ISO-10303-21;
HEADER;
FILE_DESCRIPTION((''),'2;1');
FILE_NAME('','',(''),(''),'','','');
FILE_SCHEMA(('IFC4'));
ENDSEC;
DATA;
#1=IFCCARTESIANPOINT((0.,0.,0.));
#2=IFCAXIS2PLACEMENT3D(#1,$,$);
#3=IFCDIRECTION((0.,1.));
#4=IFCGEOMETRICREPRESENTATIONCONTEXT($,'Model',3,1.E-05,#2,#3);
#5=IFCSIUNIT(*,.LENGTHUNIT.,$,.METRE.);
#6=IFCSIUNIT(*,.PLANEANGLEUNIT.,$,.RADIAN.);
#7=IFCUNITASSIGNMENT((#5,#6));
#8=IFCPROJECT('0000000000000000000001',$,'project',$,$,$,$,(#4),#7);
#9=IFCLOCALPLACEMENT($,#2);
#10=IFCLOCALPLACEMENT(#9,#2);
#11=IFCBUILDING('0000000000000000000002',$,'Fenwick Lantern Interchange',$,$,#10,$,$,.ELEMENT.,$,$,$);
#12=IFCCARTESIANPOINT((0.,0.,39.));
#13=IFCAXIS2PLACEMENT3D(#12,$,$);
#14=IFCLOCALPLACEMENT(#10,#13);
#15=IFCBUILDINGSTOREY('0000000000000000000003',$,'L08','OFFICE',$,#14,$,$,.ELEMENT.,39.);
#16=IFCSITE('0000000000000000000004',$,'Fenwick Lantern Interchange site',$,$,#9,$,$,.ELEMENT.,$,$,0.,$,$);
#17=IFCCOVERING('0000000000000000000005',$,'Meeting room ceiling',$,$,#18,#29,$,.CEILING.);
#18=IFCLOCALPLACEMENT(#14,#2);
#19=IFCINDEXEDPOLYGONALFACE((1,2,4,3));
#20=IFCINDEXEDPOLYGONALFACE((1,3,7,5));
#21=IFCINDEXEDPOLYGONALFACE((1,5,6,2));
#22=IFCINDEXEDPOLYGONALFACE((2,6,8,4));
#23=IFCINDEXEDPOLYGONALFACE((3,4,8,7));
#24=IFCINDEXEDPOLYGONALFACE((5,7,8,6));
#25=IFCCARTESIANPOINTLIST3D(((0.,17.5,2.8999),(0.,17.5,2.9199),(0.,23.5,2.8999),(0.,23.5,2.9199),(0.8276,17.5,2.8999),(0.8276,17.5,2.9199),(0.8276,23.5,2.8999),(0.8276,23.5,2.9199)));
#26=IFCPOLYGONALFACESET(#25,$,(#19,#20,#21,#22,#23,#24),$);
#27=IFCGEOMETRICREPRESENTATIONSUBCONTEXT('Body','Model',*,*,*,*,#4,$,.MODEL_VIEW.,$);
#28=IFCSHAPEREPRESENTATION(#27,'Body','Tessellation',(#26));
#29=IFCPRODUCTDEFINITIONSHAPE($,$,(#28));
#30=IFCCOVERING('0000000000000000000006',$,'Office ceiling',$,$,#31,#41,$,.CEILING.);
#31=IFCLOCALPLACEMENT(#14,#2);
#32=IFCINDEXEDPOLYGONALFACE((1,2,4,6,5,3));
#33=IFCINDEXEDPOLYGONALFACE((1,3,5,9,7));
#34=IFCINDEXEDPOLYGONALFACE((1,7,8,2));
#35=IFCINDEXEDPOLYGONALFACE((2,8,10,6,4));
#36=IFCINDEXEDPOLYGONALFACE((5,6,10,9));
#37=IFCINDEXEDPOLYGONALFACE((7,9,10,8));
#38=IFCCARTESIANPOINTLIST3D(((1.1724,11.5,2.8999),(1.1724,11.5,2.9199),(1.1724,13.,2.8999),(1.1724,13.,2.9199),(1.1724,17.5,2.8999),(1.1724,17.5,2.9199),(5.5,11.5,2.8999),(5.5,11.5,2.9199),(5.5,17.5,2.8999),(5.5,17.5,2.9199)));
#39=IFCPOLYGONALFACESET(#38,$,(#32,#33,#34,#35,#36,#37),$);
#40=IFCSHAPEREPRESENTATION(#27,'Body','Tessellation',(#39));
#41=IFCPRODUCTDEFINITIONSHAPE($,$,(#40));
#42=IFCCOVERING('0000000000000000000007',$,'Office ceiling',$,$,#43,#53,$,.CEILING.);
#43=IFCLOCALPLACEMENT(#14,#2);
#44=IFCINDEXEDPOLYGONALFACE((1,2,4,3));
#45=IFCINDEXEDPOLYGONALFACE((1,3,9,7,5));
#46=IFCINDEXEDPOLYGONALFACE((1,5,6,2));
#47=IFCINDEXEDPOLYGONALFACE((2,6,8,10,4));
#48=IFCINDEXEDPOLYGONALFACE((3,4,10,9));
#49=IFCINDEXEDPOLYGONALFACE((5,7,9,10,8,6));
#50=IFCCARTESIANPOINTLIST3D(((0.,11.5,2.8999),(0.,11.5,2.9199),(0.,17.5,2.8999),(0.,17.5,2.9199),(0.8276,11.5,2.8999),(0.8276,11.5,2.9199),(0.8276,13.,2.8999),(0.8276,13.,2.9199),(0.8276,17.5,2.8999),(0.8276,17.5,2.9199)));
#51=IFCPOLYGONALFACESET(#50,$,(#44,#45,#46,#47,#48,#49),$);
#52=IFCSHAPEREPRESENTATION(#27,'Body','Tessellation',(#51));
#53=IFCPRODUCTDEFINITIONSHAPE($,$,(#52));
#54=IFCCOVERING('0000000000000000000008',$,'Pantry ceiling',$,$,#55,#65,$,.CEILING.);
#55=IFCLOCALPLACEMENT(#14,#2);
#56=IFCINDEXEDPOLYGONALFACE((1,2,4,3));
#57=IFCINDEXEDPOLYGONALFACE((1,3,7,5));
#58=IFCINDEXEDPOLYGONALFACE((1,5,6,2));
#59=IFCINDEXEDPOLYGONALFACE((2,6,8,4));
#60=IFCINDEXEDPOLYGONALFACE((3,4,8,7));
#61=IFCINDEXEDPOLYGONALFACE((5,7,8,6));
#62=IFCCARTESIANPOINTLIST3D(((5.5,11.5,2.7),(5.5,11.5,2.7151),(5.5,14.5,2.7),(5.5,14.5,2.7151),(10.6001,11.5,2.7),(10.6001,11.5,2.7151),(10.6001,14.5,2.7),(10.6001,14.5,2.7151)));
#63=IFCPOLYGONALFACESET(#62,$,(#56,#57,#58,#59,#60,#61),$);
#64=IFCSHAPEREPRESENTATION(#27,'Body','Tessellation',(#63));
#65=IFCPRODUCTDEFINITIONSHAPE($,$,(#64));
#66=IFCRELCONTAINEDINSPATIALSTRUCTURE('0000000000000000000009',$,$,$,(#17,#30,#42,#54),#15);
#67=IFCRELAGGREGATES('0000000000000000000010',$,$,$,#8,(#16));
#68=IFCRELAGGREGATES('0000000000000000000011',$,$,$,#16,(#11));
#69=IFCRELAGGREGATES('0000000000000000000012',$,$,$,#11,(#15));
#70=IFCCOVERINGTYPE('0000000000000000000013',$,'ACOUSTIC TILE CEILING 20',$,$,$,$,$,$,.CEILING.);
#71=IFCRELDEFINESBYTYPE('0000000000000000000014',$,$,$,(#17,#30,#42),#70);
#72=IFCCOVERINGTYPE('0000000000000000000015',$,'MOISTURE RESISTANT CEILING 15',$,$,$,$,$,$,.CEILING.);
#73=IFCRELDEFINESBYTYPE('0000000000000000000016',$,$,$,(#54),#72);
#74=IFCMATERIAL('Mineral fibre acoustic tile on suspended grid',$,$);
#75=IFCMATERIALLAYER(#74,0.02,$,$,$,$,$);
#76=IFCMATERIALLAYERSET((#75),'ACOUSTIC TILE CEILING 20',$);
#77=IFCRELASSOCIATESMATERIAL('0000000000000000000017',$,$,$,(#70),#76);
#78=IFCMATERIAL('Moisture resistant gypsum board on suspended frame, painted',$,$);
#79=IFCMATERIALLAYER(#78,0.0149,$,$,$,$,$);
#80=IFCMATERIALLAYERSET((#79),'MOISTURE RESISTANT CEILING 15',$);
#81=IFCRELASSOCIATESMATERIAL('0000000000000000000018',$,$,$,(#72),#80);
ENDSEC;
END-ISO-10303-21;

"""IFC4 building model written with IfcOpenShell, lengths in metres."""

from ifc_helpers import new_model, si_unit, direction, frame, origin, place, context, subcontext, project, spatial, polyline, outline, extrude, material, layer, layer_set, type_object, element, save


model = new_model("IFC4")

# Units and contexts
model_context = context("Model", 3, precision=1e-05, world=origin(), true_north=direction((0.0, 1.0)))
body_context = subcontext(model_context, "Body", "Model", "MODEL_VIEW")
ifc_project = project(units=[si_unit("LENGTHUNIT", "METRE"), si_unit("PLANEANGLEUNIT", "RADIAN")], contexts=[model_context])

# Site, building, storey
site_placement = place(None, origin())
site = spatial("IfcSite", under=ifc_project, at=site_placement, Name="Fenwick Lantern Interchange site", CompositionType="ELEMENT", RefElevation=0.0)
building_placement = place(site_placement, origin())
building = spatial("IfcBuilding", under=site, at=building_placement, Name="Fenwick Lantern Interchange", CompositionType="ELEMENT")
storey_placement = place(building_placement, frame((0.0, 0.0, 39.0)))
storey = spatial("IfcBuildingStorey", under=building, at=storey_placement, Name="L08", Description="OFFICE", CompositionType="ELEMENT", Elevation=39.0)

# Coverings
ifc_material_1 = material(Name="Mineral fibre acoustic tile on suspended grid")
ifc_layer_1 = layer(ifc_material_1, 0.02)
ifc_layer_set_1 = layer_set([ifc_layer_1], Name="ACOUSTIC TILE CEILING 20")
covering_type_1 = type_object("IfcCoveringType", Name="ACOUSTIC TILE CEILING 20", PredefinedType="CEILING", material=ifc_layer_set_1)
covering_1_placement = place(storey_placement, frame((0.0, 0.0, 2.8999)))
element("IfcCovering", 1, at=covering_1_placement, inside=storey, type_object=covering_type_1, Name="Meeting room ceiling", PredefinedType="CEILING", context=body_context, shape_type="SweptSolid", body=[
    extrude(outline(polyline([(0.0, 17.5), (0.8276, 17.5), (0.8276, 23.5), (0.0, 23.5), (0.0, 17.5)])), origin(), (0.0, 0.0, 1.0), 0.02),
])
covering_2_placement = place(storey_placement, frame((0.0, 0.0, 2.8999)))
element("IfcCovering", 2, at=covering_2_placement, inside=storey, type_object=covering_type_1, Name="Office ceiling", PredefinedType="CEILING", context=body_context, shape_type="SweptSolid", body=[
    extrude(outline(polyline([(5.5, 17.5), (1.1724, 17.5), (1.1724, 13.0), (1.1724, 11.5), (5.5, 11.5), (5.5, 17.5)])), origin(), (0.0, 0.0, 1.0), 0.02),
])
covering_3_placement = place(storey_placement, frame((0.0, 0.0, 2.8999)))
element("IfcCovering", 3, at=covering_3_placement, inside=storey, type_object=covering_type_1, Name="Office ceiling", PredefinedType="CEILING", context=body_context, shape_type="SweptSolid", body=[
    extrude(outline(polyline([(0.0, 11.5), (0.8276, 11.5), (0.8276, 13.0), (0.8276, 17.5), (0.0, 17.5), (0.0, 11.5)])), origin(), (0.0, 0.0, 1.0), 0.02),
])
ifc_material_2 = material(Name="Moisture resistant gypsum board on suspended frame, painted")
ifc_layer_2 = layer(ifc_material_2, 0.0149)
ifc_layer_set_2 = layer_set([ifc_layer_2], Name="MOISTURE RESISTANT CEILING 15")
covering_type_2 = type_object("IfcCoveringType", Name="MOISTURE RESISTANT CEILING 15", PredefinedType="CEILING", material=ifc_layer_set_2)
covering_4_placement = place(storey_placement, frame((0.0, 0.0, 2.7)))
element("IfcCovering", 4, at=covering_4_placement, inside=storey, type_object=covering_type_2, Name="Pantry ceiling", PredefinedType="CEILING", context=body_context, shape_type="SweptSolid", body=[
    extrude(outline(polyline([(5.5, 14.5), (5.5, 11.5), (10.6001, 11.5), (10.6001, 14.5), (5.5, 14.5)])), origin(), (0.0, 0.0, 1.0), 0.0151),
])

save(model, "model.ifc")
